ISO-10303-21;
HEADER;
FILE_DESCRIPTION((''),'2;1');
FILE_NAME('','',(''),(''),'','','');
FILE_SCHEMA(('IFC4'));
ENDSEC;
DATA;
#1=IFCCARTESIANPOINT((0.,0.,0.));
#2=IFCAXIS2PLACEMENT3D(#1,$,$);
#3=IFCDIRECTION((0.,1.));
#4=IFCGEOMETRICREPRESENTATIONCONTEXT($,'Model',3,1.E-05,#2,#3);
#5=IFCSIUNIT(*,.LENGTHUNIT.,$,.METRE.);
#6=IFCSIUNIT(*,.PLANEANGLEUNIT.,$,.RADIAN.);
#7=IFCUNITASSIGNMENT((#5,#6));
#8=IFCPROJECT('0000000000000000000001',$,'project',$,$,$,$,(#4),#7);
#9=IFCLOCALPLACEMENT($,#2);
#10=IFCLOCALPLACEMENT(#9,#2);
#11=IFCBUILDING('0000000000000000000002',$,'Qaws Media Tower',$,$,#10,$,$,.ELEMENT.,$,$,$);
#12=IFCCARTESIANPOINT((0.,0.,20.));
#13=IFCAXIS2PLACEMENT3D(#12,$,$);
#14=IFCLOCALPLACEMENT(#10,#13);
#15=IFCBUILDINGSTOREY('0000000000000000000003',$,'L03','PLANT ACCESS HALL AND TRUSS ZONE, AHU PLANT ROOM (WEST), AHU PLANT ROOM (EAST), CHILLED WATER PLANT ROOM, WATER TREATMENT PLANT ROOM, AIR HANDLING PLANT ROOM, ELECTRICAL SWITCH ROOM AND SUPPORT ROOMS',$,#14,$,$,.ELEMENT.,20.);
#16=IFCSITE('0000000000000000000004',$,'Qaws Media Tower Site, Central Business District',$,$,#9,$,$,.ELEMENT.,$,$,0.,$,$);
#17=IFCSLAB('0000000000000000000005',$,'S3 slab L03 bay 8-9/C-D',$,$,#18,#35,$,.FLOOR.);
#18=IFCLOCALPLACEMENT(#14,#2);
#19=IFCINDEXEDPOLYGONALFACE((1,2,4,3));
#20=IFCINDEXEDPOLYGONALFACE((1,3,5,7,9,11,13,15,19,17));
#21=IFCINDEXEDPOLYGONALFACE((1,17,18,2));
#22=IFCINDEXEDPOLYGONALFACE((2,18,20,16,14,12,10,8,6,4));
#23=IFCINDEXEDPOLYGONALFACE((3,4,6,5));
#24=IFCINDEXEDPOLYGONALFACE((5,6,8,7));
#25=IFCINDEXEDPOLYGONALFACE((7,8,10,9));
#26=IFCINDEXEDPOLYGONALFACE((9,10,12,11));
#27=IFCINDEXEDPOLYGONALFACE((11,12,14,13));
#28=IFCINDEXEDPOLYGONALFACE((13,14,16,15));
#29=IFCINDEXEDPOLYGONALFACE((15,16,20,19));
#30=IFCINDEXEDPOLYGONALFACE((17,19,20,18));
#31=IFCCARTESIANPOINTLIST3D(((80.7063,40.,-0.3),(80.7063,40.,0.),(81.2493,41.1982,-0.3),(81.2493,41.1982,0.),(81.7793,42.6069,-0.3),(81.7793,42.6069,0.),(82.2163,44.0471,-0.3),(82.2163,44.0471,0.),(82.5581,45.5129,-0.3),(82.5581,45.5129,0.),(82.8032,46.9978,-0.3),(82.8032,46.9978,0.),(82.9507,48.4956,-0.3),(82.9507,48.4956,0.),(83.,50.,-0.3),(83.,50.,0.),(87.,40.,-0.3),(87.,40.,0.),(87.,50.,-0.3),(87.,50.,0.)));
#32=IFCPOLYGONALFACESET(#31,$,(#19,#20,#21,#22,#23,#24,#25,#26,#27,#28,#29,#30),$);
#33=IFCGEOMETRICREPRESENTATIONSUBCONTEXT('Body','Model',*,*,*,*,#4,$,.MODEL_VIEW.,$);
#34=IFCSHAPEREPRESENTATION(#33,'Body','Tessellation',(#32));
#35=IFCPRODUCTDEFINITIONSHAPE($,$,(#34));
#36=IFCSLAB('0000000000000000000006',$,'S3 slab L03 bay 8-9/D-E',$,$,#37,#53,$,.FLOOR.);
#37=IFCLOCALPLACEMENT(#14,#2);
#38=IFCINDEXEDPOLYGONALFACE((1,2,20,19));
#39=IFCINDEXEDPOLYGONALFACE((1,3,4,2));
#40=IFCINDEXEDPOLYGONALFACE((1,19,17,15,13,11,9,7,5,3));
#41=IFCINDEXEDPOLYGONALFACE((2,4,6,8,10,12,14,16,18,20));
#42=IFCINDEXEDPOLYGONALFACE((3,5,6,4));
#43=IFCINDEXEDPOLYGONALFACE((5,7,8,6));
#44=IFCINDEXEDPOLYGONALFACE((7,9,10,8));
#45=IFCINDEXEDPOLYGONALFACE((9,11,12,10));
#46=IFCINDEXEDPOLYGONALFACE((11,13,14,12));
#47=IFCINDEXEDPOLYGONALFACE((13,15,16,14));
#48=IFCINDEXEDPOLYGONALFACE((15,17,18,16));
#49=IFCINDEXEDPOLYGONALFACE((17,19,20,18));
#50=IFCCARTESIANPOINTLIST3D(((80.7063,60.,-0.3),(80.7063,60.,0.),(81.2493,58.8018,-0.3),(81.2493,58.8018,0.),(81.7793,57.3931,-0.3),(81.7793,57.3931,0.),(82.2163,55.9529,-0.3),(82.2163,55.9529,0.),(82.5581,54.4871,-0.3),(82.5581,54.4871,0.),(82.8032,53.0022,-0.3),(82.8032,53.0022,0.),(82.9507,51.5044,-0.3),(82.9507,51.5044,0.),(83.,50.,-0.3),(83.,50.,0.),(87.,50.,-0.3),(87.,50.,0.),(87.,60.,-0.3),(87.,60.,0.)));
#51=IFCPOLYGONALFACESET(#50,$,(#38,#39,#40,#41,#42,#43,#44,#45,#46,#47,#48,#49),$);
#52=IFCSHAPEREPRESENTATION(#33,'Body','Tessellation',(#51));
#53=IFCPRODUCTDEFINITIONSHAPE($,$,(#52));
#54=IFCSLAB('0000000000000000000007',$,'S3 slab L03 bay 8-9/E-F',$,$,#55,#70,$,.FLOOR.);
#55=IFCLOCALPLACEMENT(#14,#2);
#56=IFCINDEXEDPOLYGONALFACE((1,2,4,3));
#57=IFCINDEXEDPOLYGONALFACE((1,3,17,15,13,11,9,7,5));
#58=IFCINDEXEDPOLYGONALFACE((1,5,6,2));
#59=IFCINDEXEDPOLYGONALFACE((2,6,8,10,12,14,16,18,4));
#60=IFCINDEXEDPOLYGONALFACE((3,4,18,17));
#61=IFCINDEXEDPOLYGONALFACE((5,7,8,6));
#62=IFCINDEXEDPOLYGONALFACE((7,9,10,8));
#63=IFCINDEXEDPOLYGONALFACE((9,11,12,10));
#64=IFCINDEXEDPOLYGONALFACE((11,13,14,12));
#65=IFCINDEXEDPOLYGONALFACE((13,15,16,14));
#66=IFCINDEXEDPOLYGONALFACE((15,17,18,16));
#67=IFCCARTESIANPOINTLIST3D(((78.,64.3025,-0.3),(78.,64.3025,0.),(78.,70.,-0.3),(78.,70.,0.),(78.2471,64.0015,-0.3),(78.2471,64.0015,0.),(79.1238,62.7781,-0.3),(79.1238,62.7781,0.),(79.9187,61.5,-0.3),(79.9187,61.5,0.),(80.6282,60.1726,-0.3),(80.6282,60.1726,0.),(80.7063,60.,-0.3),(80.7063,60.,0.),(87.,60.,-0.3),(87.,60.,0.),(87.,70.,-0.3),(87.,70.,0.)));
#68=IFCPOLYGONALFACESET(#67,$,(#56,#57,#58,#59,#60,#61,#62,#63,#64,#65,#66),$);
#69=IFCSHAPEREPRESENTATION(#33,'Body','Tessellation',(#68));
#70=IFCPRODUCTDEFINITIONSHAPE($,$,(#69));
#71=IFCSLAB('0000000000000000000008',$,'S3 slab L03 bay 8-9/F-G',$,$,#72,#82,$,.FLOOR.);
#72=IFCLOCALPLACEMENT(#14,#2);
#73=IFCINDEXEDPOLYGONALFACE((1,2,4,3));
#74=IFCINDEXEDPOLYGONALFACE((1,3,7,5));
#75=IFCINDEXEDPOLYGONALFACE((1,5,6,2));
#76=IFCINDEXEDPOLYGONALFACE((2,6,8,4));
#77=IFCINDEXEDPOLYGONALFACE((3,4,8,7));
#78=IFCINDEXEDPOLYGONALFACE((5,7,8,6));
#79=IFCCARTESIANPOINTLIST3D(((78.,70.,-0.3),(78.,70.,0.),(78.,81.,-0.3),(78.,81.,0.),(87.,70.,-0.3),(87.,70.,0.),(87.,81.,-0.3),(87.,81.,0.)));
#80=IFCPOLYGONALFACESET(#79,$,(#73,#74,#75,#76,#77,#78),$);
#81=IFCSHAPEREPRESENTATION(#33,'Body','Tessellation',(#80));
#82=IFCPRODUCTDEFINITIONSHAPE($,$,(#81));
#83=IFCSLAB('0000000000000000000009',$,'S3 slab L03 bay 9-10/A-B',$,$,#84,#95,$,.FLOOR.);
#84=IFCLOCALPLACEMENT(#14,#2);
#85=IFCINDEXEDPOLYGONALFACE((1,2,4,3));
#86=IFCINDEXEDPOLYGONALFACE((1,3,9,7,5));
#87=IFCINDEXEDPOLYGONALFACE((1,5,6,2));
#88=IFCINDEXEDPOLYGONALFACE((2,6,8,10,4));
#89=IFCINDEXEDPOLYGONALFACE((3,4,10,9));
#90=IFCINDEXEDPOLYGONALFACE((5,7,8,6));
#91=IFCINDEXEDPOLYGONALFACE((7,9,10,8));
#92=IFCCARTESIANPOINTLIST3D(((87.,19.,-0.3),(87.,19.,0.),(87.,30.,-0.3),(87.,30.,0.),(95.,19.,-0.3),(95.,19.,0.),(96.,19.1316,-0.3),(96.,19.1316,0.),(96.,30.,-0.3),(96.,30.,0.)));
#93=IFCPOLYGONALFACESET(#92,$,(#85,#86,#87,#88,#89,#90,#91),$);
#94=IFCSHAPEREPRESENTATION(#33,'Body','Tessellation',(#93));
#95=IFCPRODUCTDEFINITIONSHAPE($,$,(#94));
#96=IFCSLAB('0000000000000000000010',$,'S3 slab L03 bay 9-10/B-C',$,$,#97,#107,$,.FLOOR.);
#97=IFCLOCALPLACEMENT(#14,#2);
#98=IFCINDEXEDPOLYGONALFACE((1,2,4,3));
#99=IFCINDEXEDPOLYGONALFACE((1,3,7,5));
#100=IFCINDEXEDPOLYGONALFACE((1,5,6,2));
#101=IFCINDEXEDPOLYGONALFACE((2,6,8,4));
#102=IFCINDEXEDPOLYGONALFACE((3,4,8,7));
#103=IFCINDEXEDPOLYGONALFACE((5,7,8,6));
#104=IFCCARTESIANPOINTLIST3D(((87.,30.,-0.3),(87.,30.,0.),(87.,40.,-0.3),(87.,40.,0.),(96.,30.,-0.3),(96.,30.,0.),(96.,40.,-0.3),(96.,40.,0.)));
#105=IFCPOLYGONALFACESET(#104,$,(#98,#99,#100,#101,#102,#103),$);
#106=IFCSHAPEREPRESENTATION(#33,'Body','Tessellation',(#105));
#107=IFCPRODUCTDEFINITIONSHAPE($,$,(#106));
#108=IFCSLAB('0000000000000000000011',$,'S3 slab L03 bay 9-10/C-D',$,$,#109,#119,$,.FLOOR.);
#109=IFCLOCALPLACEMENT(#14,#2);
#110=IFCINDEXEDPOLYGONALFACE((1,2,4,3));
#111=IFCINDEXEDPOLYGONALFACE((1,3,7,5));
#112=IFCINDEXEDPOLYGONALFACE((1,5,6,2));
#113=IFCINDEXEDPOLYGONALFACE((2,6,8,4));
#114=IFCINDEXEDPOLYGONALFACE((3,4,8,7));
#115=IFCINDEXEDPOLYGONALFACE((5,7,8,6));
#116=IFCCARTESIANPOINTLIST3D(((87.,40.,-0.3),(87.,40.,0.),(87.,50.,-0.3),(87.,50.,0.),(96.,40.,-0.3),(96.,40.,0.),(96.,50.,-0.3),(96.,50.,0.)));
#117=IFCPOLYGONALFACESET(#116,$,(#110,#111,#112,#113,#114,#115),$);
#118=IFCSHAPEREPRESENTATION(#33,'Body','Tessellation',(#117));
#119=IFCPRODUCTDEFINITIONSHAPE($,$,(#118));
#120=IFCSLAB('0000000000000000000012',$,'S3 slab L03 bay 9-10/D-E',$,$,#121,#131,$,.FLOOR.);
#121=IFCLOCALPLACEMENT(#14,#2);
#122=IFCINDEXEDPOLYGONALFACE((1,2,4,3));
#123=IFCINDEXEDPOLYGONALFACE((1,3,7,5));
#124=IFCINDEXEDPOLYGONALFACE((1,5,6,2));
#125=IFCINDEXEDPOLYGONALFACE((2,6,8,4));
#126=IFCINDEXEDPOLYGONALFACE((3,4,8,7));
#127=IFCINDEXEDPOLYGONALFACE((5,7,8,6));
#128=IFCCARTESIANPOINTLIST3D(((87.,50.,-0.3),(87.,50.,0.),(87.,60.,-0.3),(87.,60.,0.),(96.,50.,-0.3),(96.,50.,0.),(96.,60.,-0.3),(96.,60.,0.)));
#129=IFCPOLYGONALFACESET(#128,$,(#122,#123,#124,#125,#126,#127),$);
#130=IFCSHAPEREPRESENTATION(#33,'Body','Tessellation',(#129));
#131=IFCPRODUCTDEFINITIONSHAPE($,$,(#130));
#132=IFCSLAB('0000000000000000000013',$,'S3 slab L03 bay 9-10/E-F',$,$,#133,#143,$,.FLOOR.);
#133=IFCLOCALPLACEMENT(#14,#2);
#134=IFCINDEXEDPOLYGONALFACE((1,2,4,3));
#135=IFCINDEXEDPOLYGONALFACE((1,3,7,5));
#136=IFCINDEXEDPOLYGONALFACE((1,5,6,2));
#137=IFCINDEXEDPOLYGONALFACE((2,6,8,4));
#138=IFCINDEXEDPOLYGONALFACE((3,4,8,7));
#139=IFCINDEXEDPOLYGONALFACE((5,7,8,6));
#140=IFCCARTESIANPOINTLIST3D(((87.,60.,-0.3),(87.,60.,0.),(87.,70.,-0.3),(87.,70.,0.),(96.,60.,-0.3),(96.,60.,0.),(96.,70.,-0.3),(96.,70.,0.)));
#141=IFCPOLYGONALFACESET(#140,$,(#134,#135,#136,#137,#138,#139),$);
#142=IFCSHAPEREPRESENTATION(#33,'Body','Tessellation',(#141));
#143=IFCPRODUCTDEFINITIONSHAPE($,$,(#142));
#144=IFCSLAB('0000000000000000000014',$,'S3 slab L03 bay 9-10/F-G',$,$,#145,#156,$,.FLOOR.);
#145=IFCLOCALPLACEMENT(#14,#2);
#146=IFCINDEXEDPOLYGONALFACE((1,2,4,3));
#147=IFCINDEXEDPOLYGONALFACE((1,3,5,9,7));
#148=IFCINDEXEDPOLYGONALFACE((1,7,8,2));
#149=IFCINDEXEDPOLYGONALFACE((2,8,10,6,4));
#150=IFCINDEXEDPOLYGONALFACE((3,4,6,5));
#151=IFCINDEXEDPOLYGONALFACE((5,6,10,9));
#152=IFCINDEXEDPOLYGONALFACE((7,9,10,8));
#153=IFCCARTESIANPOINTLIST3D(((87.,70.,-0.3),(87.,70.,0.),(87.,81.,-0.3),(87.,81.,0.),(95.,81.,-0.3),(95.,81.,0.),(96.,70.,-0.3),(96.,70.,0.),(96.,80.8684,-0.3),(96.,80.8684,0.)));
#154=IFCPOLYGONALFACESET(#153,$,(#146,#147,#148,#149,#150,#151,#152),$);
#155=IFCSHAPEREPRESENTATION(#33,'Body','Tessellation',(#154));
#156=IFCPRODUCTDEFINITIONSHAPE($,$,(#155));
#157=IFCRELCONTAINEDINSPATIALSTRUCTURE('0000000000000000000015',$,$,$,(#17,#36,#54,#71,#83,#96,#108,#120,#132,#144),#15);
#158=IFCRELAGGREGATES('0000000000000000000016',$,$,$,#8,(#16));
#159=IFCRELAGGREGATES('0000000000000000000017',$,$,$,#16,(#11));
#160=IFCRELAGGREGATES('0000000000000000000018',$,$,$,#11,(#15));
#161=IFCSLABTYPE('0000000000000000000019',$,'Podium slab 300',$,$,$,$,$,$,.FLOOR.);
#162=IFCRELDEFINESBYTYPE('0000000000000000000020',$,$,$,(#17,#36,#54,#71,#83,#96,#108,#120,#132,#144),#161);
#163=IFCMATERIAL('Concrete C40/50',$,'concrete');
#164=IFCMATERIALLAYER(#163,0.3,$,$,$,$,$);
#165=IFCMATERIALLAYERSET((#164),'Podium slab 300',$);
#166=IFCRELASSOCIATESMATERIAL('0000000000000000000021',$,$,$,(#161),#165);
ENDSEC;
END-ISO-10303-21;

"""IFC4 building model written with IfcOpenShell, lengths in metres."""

from ifc_helpers import new_model, si_unit, direction, frame, origin, place, context, subcontext, project, spatial, polyline, outline, extrude, material, layer, layer_set, type_object, element, save


model = new_model("IFC4")

# Units and contexts
model_context = context("Model", 3, precision=1e-05, world=origin(), true_north=direction((0.0, 1.0)))
body_context = subcontext(model_context, "Body", "Model", "MODEL_VIEW")
ifc_project = project(units=[si_unit("LENGTHUNIT", "METRE"), si_unit("PLANEANGLEUNIT", "RADIAN")], contexts=[model_context])

# Site, building, storey
site_placement = place(None, origin())
site = spatial("IfcSite", under=ifc_project, at=site_placement, Name="Qaws Media Tower Site, Central Business District", CompositionType="ELEMENT", RefElevation=0.0)
building_placement = place(site_placement, origin())
building = spatial("IfcBuilding", under=site, at=building_placement, Name="Qaws Media Tower", CompositionType="ELEMENT")
storey_placement = place(building_placement, frame((0.0, 0.0, 20.0)))
storey = spatial("IfcBuildingStorey", under=building, at=storey_placement, Name="L03", Description="PLANT ACCESS HALL AND TRUSS ZONE, AHU PLANT ROOM (WEST), AHU PLANT ROOM (EAST), CHILLED WATER PLANT ROOM, WATER TREATMENT PLANT ROOM, AIR HANDLING PLANT ROOM, ELECTRICAL SWITCH ROOM AND SUPPORT ROOMS", CompositionType="ELEMENT", Elevation=20.0)

# Slabs
ifc_material = material(Name="Concrete C40/50", Category="concrete")
ifc_layer = layer(ifc_material, 0.3)
ifc_layer_set = layer_set([ifc_layer], Name="Podium slab 300")
slab_type = type_object("IfcSlabType", Name="Podium slab 300", PredefinedType="FLOOR", material=ifc_layer_set)
slab_1_placement = place(storey_placement, frame((0.0, 0.0, -0.3)))
element("IfcSlab", 1, at=slab_1_placement, inside=storey, type_object=slab_type, Name="S3 slab L03 bay 8-9/C-D", PredefinedType="FLOOR", context=body_context, shape_type="SweptSolid", body=[
    extrude(outline(polyline([(81.2493, 41.1982), (81.7793, 42.6069), (82.2163, 44.0471), (82.5581, 45.5129), (82.8032, 46.9978), (82.9507, 48.4956), (83.0, 50.0), (87.0, 50.0), (87.0, 40.0), (80.7063, 40.0), (81.2493, 41.1982)])), origin(), (0.0, 0.0, 1.0), 0.3),
])
slab_2_placement = place(storey_placement, frame((0.0, 0.0, -0.3)))
element("IfcSlab", 2, at=slab_2_placement, inside=storey, type_object=slab_type, Name="S3 slab L03 bay 8-9/D-E", PredefinedType="FLOOR", context=body_context, shape_type="SweptSolid", body=[
    extrude(outline(polyline([(82.2163, 55.9529), (81.7793, 57.3931), (81.2493, 58.8018), (80.7063, 60.0), (87.0, 60.0), (87.0, 50.0), (83.0, 50.0), (82.9507, 51.5044), (82.8032, 53.0022), (82.5581, 54.4871), (82.2163, 55.9529)])), origin(), (0.0, 0.0, 1.0), 0.3),
])
slab_3_placement = place(storey_placement, frame((0.0, 0.0, -0.3)))
element("IfcSlab", 3, at=slab_3_placement, inside=storey, type_object=slab_type, Name="S3 slab L03 bay 8-9/E-F", PredefinedType="FLOOR", context=body_context, shape_type="SweptSolid", body=[
    extrude(outline(polyline([(80.6282, 60.1726), (79.9187, 61.5), (79.1238, 62.7781), (78.2471, 64.0015), (78.0, 64.3025), (78.0, 70.0), (87.0, 70.0), (87.0, 60.0), (80.7063, 60.0), (80.6282, 60.1726)])), origin(), (0.0, 0.0, 1.0), 0.3),
])
slab_4_placement = place(storey_placement, frame((0.0, 0.0, -0.3)))
element("IfcSlab", 4, at=slab_4_placement, inside=storey, type_object=slab_type, Name="S3 slab L03 bay 8-9/F-G", PredefinedType="FLOOR", context=body_context, shape_type="SweptSolid", body=[
    extrude(outline(polyline([(87.0, 81.0), (87.0, 70.0), (78.0, 70.0), (78.0, 81.0), (87.0, 81.0)])), origin(), (0.0, 0.0, 1.0), 0.3),
])
slab_5_placement = place(storey_placement, frame((0.0, 0.0, -0.3)))
element("IfcSlab", 5, at=slab_5_placement, inside=storey, type_object=slab_type, Name="S3 slab L03 bay 9-10/A-B", PredefinedType="FLOOR", context=body_context, shape_type="SweptSolid", body=[
    extrude(outline(polyline([(95.0, 19.0), (87.0, 19.0), (87.0, 30.0), (96.0, 30.0), (96.0, 19.1316), (95.0, 19.0)])), origin(), (0.0, 0.0, 1.0), 0.3),
])
slab_6_placement = place(storey_placement, frame((0.0, 0.0, -0.3)))
element("IfcSlab", 6, at=slab_6_placement, inside=storey, type_object=slab_type, Name="S3 slab L03 bay 9-10/B-C", PredefinedType="FLOOR", context=body_context, shape_type="SweptSolid", body=[
    extrude(outline(polyline([(87.0, 30.0), (87.0, 40.0), (96.0, 40.0), (96.0, 30.0), (87.0, 30.0)])), origin(), (0.0, 0.0, 1.0), 0.3),
])
slab_7_placement = place(storey_placement, frame((0.0, 0.0, -0.3)))
element("IfcSlab", 7, at=slab_7_placement, inside=storey, type_object=slab_type, Name="S3 slab L03 bay 9-10/C-D", PredefinedType="FLOOR", context=body_context, shape_type="SweptSolid", body=[
    extrude(outline(polyline([(87.0, 40.0), (87.0, 50.0), (96.0, 50.0), (96.0, 40.0), (87.0, 40.0)])), origin(), (0.0, 0.0, 1.0), 0.3),
])
slab_8_placement = place(storey_placement, frame((0.0, 0.0, -0.3)))
element("IfcSlab", 8, at=slab_8_placement, inside=storey, type_object=slab_type, Name="S3 slab L03 bay 9-10/D-E", PredefinedType="FLOOR", context=body_context, shape_type="SweptSolid", body=[
    extrude(outline(polyline([(87.0, 50.0), (87.0, 60.0), (96.0, 60.0), (96.0, 50.0), (87.0, 50.0)])), origin(), (0.0, 0.0, 1.0), 0.3),
])
slab_9_placement = place(storey_placement, frame((0.0, 0.0, -0.3)))
element("IfcSlab", 9, at=slab_9_placement, inside=storey, type_object=slab_type, Name="S3 slab L03 bay 9-10/E-F", PredefinedType="FLOOR", context=body_context, shape_type="SweptSolid", body=[
    extrude(outline(polyline([(87.0, 60.0), (87.0, 70.0), (96.0, 70.0), (96.0, 60.0), (87.0, 60.0)])), origin(), (0.0, 0.0, 1.0), 0.3),
])
slab_10_placement = place(storey_placement, frame((0.0, 0.0, -0.3)))
element("IfcSlab", 10, at=slab_10_placement, inside=storey, type_object=slab_type, Name="S3 slab L03 bay 9-10/F-G", PredefinedType="FLOOR", context=body_context, shape_type="SweptSolid", body=[
    extrude(outline(polyline([(95.0, 81.0), (96.0, 80.8684), (96.0, 70.0), (87.0, 70.0), (87.0, 81.0), (95.0, 81.0)])), origin(), (0.0, 0.0, 1.0), 0.3),
])

save(model, "model.ifc")
